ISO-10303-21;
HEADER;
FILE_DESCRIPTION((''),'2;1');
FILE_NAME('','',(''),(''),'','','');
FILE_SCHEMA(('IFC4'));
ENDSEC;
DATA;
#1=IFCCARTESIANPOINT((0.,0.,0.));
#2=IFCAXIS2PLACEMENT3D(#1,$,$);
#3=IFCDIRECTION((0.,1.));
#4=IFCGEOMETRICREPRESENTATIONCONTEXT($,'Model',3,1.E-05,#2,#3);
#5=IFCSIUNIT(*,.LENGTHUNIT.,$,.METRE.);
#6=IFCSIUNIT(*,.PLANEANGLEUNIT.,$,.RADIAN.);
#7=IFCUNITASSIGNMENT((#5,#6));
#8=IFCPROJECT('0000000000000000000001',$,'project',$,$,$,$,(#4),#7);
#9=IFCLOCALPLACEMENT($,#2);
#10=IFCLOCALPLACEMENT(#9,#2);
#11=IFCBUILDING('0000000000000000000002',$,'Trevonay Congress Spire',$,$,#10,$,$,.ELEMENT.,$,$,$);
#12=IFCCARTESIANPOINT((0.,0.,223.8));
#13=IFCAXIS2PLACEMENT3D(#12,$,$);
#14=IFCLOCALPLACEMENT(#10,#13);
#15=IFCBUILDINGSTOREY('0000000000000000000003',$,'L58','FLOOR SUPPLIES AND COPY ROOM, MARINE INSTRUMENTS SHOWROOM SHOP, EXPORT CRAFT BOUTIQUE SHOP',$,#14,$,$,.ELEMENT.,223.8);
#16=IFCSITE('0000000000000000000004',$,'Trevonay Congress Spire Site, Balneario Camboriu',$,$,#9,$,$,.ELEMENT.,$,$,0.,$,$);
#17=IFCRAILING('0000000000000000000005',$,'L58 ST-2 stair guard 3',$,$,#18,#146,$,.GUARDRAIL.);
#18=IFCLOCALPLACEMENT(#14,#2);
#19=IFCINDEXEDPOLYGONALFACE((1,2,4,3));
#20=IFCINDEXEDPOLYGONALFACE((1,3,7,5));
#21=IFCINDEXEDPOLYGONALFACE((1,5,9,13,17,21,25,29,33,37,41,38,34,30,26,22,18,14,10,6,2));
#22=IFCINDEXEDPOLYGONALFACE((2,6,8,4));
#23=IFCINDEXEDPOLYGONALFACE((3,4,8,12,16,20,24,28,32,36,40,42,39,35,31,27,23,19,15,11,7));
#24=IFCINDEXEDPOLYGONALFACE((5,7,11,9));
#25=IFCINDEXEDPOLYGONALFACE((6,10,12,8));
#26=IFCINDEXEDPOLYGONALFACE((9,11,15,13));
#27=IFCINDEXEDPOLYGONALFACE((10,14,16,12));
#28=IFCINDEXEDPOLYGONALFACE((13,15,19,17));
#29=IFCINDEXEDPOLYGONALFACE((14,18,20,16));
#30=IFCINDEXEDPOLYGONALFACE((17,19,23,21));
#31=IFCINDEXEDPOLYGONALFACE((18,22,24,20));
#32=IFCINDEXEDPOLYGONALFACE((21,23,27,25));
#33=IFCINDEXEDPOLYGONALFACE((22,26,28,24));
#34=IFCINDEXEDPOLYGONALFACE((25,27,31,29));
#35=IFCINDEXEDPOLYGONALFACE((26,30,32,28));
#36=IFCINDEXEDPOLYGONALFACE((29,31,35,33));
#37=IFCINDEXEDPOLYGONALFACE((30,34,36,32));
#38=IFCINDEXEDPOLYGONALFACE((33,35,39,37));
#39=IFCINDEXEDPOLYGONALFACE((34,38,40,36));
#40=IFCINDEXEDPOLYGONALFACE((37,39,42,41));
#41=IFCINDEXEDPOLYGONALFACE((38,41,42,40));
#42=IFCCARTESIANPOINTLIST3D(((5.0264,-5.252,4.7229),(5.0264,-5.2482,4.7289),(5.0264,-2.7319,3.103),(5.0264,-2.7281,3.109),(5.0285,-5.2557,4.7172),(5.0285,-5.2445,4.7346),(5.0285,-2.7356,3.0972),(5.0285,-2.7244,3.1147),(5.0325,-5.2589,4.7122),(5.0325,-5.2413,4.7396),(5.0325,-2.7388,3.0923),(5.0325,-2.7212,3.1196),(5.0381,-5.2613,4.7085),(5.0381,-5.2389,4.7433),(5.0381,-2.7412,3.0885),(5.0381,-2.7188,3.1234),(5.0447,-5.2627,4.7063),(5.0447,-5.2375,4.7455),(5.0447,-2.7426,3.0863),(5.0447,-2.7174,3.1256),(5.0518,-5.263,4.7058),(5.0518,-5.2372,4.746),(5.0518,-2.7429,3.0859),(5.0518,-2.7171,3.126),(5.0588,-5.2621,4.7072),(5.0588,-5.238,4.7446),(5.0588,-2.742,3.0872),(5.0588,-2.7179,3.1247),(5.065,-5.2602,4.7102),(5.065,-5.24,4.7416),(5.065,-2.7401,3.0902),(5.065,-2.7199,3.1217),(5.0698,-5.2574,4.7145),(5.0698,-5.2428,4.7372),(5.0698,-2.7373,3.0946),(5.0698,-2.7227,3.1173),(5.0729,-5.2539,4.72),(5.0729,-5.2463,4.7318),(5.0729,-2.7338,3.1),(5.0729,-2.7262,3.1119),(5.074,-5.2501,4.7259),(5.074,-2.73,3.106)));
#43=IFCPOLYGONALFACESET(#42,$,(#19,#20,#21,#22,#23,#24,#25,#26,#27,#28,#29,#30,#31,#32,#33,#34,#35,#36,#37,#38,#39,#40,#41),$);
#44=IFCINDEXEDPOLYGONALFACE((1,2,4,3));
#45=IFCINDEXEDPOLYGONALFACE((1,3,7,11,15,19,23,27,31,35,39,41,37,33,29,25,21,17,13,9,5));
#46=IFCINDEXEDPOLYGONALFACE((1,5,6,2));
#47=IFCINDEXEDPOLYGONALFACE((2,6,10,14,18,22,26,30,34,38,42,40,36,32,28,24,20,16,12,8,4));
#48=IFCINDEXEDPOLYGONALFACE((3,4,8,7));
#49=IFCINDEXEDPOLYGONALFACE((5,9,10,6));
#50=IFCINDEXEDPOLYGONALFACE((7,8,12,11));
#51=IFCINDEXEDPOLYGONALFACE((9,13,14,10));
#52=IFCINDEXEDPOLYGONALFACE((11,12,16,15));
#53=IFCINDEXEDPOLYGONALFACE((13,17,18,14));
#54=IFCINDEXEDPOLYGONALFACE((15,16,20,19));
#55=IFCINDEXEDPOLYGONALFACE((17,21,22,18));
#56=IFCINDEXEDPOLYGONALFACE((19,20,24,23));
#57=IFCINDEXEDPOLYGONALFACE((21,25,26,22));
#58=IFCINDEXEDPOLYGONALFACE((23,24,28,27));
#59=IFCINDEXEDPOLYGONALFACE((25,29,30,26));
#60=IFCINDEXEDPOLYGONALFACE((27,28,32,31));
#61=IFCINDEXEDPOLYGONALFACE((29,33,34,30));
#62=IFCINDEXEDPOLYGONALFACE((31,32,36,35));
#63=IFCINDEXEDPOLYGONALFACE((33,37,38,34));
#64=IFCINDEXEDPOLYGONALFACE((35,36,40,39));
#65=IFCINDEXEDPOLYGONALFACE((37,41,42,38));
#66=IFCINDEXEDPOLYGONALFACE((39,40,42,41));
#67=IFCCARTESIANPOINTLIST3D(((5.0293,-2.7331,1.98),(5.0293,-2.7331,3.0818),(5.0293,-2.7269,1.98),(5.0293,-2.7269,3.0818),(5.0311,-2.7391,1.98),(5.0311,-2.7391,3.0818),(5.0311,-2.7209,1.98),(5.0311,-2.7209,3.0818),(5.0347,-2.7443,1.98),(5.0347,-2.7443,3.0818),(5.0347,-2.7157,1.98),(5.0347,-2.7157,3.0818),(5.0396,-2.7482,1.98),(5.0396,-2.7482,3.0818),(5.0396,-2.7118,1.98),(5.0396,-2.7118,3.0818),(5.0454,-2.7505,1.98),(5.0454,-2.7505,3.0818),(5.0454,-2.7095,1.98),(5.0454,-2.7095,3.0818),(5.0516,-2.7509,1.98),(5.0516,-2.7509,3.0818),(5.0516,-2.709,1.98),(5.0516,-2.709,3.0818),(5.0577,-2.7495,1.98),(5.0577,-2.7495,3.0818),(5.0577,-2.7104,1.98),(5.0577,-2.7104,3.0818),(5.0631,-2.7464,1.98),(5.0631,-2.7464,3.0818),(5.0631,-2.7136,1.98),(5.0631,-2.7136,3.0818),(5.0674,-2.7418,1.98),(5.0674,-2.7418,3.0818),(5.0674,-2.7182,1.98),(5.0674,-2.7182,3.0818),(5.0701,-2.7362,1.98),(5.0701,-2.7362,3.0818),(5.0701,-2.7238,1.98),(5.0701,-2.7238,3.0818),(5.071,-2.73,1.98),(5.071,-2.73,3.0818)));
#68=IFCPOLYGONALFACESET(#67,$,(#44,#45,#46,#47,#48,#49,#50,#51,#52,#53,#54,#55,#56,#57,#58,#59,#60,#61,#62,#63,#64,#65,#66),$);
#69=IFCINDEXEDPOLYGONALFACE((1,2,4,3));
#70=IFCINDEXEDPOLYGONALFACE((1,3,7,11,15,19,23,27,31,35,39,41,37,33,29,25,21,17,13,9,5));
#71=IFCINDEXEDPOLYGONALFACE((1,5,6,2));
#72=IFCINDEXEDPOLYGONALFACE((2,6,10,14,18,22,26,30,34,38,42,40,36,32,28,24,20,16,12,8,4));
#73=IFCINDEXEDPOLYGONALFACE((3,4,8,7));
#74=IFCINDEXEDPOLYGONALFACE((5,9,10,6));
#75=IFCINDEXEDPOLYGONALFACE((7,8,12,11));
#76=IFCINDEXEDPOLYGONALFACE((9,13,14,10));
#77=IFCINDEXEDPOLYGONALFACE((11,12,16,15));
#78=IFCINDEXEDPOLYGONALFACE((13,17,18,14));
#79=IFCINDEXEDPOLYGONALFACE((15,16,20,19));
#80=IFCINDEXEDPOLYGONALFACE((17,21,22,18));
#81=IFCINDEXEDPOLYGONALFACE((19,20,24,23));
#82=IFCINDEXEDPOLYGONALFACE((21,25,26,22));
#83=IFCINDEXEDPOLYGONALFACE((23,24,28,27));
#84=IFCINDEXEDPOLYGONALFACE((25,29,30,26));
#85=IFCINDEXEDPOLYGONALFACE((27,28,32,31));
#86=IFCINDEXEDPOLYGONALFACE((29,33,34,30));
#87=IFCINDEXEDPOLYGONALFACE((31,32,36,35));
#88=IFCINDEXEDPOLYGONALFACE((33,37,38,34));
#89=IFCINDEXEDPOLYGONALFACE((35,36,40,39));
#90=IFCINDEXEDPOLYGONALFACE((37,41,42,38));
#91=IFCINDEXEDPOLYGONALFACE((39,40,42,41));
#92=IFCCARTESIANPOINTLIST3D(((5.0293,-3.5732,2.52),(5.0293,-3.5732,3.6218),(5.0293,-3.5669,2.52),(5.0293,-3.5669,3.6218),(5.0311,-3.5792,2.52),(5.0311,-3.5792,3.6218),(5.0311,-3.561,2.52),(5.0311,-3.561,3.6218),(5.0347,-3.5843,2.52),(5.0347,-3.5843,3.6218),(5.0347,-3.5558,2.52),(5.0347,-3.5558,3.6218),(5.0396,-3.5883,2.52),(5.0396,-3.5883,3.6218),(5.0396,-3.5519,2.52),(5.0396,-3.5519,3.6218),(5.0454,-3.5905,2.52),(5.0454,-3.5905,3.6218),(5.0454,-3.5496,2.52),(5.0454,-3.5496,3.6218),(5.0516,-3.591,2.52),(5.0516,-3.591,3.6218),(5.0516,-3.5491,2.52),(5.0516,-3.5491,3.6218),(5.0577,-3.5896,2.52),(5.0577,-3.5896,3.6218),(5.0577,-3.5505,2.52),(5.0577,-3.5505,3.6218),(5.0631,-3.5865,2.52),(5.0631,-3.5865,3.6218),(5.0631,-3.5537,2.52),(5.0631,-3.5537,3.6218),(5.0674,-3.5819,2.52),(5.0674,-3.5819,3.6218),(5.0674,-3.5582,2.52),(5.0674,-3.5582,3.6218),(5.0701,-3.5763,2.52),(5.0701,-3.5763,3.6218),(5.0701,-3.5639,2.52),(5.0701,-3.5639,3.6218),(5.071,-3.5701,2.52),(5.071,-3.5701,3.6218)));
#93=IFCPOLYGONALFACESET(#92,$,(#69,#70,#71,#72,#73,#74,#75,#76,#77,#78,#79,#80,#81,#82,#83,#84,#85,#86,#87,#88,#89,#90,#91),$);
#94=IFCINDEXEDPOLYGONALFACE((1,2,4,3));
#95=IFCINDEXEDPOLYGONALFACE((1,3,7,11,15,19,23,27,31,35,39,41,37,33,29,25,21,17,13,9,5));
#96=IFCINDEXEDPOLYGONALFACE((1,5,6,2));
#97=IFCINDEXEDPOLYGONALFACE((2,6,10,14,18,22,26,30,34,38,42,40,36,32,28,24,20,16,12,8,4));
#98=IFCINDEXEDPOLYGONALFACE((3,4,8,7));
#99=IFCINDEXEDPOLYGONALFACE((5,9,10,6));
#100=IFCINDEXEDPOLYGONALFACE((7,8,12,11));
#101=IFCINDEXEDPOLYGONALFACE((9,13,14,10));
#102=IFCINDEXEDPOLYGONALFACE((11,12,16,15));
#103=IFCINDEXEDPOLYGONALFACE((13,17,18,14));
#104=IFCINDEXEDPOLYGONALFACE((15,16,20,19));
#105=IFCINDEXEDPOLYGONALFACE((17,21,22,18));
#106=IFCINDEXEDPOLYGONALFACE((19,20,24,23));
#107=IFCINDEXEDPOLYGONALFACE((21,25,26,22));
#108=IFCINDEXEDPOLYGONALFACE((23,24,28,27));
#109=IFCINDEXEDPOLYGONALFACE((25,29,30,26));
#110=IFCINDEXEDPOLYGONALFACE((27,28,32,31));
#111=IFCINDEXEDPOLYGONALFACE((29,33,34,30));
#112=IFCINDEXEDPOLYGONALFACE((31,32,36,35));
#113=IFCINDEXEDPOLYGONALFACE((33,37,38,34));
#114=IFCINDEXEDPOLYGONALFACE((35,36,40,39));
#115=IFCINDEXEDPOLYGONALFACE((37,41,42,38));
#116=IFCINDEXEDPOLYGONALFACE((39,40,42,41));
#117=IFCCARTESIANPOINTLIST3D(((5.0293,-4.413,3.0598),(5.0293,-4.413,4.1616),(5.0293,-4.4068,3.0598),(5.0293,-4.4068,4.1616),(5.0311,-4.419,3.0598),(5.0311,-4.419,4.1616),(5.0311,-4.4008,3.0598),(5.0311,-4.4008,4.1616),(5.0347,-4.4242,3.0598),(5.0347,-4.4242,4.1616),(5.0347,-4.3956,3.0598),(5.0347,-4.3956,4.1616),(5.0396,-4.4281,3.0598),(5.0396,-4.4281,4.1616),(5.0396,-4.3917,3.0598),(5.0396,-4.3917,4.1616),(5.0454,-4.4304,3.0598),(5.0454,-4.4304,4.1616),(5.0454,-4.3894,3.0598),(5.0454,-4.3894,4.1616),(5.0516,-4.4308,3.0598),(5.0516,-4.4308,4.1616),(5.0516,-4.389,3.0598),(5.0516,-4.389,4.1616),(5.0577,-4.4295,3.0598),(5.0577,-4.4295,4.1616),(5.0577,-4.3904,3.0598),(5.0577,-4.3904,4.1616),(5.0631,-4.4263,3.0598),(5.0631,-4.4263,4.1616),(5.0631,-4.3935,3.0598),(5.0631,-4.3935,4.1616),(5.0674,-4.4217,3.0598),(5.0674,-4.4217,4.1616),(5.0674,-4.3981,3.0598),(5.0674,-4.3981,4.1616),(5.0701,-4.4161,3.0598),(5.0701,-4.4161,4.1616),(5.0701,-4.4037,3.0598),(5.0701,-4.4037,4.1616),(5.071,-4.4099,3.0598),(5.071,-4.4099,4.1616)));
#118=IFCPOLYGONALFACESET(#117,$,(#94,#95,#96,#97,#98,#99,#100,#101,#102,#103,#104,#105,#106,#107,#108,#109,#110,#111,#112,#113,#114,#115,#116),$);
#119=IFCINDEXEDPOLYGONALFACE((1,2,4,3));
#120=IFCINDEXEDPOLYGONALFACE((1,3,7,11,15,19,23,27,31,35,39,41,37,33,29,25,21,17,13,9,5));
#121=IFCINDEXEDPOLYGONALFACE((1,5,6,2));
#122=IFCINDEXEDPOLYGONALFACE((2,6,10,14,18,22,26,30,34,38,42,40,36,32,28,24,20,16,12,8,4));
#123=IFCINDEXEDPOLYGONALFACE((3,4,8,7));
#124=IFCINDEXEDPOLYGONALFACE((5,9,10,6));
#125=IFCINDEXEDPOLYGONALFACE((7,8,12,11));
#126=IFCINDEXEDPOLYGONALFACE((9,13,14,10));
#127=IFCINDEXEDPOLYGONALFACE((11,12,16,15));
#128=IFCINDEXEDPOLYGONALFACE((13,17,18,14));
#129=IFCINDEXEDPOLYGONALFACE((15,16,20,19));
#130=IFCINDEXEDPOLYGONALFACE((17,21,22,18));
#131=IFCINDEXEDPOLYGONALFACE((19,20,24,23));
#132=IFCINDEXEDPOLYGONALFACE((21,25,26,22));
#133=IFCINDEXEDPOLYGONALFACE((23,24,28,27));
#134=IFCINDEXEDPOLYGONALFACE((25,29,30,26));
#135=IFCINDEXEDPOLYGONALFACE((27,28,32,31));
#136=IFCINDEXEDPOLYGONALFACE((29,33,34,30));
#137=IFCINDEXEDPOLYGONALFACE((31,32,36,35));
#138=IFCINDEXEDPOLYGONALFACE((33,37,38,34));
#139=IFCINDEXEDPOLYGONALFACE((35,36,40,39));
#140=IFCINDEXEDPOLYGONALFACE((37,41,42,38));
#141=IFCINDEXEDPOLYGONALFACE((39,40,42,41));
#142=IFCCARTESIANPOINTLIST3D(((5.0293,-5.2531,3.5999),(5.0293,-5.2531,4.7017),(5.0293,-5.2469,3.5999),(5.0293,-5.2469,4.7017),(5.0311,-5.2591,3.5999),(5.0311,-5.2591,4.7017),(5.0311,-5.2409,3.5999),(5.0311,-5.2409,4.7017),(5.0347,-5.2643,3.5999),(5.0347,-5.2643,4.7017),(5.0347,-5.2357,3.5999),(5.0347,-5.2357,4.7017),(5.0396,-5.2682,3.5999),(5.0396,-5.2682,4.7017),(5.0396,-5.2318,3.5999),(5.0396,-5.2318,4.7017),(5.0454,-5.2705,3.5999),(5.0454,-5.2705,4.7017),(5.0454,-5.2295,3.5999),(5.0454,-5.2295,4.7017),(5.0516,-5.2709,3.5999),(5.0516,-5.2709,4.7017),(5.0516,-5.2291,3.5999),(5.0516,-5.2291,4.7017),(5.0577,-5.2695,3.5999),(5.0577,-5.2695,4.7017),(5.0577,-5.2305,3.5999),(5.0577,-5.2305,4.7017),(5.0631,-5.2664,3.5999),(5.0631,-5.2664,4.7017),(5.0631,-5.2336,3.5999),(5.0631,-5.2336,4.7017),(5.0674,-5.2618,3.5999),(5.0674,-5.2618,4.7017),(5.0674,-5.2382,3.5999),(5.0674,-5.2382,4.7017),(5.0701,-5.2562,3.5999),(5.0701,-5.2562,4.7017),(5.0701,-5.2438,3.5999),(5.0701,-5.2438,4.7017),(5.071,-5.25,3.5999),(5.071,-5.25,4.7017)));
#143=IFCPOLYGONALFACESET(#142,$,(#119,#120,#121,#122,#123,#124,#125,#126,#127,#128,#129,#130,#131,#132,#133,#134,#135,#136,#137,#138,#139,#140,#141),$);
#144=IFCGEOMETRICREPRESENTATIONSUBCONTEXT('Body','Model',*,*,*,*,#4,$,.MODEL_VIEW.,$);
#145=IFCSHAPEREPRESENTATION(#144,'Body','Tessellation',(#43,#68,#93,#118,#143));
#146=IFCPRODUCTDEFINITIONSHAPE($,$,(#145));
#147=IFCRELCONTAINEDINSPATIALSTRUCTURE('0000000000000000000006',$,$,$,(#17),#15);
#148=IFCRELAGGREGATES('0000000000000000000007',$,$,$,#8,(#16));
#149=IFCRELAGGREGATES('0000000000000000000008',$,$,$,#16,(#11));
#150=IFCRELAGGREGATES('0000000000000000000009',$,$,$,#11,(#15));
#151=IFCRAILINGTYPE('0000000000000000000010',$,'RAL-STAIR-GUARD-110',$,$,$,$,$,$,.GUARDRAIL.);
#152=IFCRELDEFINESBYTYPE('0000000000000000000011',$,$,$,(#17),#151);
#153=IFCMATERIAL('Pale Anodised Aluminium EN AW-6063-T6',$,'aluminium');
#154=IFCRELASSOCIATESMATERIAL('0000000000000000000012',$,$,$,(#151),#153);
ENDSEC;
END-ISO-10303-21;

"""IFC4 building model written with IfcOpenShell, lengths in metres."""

from ifc_helpers import new_model, si_unit, direction, frame, origin, origin_2d, place, context, subcontext, project, spatial, circle, extrude, material, type_object, element, save


model = new_model("IFC4")

# Units and contexts
model_context = context("Model", 3, precision=1e-05, world=origin(), true_north=direction((0.0, 1.0)))
body_context = subcontext(model_context, "Body", "Model", "MODEL_VIEW")
ifc_project = project(units=[si_unit("LENGTHUNIT", "METRE"), si_unit("PLANEANGLEUNIT", "RADIAN")], contexts=[model_context])

# Site, building, storey
site_placement = place(None, origin())
site = spatial("IfcSite", under=ifc_project, at=site_placement, Name="Trevonay Congress Spire Site, Balneario Camboriu", CompositionType="ELEMENT", RefElevation=0.0)
building_placement = place(site_placement, origin())
building = spatial("IfcBuilding", under=site, at=building_placement, Name="Trevonay Congress Spire", CompositionType="ELEMENT")
storey_placement = place(building_placement, frame((0.0, 0.0, 223.8)))
storey = spatial("IfcBuildingStorey", under=building, at=storey_placement, Name="L58", Description="FLOOR SUPPLIES AND COPY ROOM, MARINE INSTRUMENTS SHOWROOM SHOP, EXPORT CRAFT BOUTIQUE SHOP", CompositionType="ELEMENT", Elevation=223.8)

# Shared definitions
ifc_material_1 = material(Name="Pale Anodised Aluminium EN AW-6063-T6", Category="aluminium")

# Railing
railing_type_1 = type_object("IfcRailingType", Name="RAL-STAIR-GUARD-110", PredefinedType="GUARDRAIL", material=ifc_material_1)
railing_1_placement = place(storey_placement, frame((5.05, -2.73, 1.98)))
element("IfcRailing", 1, at=railing_1_placement, inside=storey, type_object=railing_type_1, Name="L58 ST-2 stair guard 3", PredefinedType="GUARDRAIL", context=body_context, shape_type="SweptSolid", body=[
    extrude(circle(Radius=0.0239, at=origin_2d()), frame((0.0, 0.0, 1.126), z_axis=(0.0, -0.8412, 0.540725), x_axis=(1.0, 0.0, 0.0)), (0.0, 0.0, 1.0), 2.9958),
    extrude(circle(Radius=0.021, at=origin_2d()), origin(), (0.0, 0.0, 1.0), 1.1018),
    extrude(circle(Radius=0.021, at=origin_2d()), frame((0.0, -0.8401, 0.54)), (0.0, 0.0, 1.0), 1.1018),
    extrude(circle(Radius=0.021, at=origin_2d()), frame((0.0, -1.6799, 1.0798)), (0.0, 0.0, 1.0), 1.1018),
    extrude(circle(Radius=0.021, at=origin_2d()), frame((0.0, -2.52, 1.6199)), (0.0, 0.0, 1.0), 1.1018),
])

save(model, "model.ifc")
